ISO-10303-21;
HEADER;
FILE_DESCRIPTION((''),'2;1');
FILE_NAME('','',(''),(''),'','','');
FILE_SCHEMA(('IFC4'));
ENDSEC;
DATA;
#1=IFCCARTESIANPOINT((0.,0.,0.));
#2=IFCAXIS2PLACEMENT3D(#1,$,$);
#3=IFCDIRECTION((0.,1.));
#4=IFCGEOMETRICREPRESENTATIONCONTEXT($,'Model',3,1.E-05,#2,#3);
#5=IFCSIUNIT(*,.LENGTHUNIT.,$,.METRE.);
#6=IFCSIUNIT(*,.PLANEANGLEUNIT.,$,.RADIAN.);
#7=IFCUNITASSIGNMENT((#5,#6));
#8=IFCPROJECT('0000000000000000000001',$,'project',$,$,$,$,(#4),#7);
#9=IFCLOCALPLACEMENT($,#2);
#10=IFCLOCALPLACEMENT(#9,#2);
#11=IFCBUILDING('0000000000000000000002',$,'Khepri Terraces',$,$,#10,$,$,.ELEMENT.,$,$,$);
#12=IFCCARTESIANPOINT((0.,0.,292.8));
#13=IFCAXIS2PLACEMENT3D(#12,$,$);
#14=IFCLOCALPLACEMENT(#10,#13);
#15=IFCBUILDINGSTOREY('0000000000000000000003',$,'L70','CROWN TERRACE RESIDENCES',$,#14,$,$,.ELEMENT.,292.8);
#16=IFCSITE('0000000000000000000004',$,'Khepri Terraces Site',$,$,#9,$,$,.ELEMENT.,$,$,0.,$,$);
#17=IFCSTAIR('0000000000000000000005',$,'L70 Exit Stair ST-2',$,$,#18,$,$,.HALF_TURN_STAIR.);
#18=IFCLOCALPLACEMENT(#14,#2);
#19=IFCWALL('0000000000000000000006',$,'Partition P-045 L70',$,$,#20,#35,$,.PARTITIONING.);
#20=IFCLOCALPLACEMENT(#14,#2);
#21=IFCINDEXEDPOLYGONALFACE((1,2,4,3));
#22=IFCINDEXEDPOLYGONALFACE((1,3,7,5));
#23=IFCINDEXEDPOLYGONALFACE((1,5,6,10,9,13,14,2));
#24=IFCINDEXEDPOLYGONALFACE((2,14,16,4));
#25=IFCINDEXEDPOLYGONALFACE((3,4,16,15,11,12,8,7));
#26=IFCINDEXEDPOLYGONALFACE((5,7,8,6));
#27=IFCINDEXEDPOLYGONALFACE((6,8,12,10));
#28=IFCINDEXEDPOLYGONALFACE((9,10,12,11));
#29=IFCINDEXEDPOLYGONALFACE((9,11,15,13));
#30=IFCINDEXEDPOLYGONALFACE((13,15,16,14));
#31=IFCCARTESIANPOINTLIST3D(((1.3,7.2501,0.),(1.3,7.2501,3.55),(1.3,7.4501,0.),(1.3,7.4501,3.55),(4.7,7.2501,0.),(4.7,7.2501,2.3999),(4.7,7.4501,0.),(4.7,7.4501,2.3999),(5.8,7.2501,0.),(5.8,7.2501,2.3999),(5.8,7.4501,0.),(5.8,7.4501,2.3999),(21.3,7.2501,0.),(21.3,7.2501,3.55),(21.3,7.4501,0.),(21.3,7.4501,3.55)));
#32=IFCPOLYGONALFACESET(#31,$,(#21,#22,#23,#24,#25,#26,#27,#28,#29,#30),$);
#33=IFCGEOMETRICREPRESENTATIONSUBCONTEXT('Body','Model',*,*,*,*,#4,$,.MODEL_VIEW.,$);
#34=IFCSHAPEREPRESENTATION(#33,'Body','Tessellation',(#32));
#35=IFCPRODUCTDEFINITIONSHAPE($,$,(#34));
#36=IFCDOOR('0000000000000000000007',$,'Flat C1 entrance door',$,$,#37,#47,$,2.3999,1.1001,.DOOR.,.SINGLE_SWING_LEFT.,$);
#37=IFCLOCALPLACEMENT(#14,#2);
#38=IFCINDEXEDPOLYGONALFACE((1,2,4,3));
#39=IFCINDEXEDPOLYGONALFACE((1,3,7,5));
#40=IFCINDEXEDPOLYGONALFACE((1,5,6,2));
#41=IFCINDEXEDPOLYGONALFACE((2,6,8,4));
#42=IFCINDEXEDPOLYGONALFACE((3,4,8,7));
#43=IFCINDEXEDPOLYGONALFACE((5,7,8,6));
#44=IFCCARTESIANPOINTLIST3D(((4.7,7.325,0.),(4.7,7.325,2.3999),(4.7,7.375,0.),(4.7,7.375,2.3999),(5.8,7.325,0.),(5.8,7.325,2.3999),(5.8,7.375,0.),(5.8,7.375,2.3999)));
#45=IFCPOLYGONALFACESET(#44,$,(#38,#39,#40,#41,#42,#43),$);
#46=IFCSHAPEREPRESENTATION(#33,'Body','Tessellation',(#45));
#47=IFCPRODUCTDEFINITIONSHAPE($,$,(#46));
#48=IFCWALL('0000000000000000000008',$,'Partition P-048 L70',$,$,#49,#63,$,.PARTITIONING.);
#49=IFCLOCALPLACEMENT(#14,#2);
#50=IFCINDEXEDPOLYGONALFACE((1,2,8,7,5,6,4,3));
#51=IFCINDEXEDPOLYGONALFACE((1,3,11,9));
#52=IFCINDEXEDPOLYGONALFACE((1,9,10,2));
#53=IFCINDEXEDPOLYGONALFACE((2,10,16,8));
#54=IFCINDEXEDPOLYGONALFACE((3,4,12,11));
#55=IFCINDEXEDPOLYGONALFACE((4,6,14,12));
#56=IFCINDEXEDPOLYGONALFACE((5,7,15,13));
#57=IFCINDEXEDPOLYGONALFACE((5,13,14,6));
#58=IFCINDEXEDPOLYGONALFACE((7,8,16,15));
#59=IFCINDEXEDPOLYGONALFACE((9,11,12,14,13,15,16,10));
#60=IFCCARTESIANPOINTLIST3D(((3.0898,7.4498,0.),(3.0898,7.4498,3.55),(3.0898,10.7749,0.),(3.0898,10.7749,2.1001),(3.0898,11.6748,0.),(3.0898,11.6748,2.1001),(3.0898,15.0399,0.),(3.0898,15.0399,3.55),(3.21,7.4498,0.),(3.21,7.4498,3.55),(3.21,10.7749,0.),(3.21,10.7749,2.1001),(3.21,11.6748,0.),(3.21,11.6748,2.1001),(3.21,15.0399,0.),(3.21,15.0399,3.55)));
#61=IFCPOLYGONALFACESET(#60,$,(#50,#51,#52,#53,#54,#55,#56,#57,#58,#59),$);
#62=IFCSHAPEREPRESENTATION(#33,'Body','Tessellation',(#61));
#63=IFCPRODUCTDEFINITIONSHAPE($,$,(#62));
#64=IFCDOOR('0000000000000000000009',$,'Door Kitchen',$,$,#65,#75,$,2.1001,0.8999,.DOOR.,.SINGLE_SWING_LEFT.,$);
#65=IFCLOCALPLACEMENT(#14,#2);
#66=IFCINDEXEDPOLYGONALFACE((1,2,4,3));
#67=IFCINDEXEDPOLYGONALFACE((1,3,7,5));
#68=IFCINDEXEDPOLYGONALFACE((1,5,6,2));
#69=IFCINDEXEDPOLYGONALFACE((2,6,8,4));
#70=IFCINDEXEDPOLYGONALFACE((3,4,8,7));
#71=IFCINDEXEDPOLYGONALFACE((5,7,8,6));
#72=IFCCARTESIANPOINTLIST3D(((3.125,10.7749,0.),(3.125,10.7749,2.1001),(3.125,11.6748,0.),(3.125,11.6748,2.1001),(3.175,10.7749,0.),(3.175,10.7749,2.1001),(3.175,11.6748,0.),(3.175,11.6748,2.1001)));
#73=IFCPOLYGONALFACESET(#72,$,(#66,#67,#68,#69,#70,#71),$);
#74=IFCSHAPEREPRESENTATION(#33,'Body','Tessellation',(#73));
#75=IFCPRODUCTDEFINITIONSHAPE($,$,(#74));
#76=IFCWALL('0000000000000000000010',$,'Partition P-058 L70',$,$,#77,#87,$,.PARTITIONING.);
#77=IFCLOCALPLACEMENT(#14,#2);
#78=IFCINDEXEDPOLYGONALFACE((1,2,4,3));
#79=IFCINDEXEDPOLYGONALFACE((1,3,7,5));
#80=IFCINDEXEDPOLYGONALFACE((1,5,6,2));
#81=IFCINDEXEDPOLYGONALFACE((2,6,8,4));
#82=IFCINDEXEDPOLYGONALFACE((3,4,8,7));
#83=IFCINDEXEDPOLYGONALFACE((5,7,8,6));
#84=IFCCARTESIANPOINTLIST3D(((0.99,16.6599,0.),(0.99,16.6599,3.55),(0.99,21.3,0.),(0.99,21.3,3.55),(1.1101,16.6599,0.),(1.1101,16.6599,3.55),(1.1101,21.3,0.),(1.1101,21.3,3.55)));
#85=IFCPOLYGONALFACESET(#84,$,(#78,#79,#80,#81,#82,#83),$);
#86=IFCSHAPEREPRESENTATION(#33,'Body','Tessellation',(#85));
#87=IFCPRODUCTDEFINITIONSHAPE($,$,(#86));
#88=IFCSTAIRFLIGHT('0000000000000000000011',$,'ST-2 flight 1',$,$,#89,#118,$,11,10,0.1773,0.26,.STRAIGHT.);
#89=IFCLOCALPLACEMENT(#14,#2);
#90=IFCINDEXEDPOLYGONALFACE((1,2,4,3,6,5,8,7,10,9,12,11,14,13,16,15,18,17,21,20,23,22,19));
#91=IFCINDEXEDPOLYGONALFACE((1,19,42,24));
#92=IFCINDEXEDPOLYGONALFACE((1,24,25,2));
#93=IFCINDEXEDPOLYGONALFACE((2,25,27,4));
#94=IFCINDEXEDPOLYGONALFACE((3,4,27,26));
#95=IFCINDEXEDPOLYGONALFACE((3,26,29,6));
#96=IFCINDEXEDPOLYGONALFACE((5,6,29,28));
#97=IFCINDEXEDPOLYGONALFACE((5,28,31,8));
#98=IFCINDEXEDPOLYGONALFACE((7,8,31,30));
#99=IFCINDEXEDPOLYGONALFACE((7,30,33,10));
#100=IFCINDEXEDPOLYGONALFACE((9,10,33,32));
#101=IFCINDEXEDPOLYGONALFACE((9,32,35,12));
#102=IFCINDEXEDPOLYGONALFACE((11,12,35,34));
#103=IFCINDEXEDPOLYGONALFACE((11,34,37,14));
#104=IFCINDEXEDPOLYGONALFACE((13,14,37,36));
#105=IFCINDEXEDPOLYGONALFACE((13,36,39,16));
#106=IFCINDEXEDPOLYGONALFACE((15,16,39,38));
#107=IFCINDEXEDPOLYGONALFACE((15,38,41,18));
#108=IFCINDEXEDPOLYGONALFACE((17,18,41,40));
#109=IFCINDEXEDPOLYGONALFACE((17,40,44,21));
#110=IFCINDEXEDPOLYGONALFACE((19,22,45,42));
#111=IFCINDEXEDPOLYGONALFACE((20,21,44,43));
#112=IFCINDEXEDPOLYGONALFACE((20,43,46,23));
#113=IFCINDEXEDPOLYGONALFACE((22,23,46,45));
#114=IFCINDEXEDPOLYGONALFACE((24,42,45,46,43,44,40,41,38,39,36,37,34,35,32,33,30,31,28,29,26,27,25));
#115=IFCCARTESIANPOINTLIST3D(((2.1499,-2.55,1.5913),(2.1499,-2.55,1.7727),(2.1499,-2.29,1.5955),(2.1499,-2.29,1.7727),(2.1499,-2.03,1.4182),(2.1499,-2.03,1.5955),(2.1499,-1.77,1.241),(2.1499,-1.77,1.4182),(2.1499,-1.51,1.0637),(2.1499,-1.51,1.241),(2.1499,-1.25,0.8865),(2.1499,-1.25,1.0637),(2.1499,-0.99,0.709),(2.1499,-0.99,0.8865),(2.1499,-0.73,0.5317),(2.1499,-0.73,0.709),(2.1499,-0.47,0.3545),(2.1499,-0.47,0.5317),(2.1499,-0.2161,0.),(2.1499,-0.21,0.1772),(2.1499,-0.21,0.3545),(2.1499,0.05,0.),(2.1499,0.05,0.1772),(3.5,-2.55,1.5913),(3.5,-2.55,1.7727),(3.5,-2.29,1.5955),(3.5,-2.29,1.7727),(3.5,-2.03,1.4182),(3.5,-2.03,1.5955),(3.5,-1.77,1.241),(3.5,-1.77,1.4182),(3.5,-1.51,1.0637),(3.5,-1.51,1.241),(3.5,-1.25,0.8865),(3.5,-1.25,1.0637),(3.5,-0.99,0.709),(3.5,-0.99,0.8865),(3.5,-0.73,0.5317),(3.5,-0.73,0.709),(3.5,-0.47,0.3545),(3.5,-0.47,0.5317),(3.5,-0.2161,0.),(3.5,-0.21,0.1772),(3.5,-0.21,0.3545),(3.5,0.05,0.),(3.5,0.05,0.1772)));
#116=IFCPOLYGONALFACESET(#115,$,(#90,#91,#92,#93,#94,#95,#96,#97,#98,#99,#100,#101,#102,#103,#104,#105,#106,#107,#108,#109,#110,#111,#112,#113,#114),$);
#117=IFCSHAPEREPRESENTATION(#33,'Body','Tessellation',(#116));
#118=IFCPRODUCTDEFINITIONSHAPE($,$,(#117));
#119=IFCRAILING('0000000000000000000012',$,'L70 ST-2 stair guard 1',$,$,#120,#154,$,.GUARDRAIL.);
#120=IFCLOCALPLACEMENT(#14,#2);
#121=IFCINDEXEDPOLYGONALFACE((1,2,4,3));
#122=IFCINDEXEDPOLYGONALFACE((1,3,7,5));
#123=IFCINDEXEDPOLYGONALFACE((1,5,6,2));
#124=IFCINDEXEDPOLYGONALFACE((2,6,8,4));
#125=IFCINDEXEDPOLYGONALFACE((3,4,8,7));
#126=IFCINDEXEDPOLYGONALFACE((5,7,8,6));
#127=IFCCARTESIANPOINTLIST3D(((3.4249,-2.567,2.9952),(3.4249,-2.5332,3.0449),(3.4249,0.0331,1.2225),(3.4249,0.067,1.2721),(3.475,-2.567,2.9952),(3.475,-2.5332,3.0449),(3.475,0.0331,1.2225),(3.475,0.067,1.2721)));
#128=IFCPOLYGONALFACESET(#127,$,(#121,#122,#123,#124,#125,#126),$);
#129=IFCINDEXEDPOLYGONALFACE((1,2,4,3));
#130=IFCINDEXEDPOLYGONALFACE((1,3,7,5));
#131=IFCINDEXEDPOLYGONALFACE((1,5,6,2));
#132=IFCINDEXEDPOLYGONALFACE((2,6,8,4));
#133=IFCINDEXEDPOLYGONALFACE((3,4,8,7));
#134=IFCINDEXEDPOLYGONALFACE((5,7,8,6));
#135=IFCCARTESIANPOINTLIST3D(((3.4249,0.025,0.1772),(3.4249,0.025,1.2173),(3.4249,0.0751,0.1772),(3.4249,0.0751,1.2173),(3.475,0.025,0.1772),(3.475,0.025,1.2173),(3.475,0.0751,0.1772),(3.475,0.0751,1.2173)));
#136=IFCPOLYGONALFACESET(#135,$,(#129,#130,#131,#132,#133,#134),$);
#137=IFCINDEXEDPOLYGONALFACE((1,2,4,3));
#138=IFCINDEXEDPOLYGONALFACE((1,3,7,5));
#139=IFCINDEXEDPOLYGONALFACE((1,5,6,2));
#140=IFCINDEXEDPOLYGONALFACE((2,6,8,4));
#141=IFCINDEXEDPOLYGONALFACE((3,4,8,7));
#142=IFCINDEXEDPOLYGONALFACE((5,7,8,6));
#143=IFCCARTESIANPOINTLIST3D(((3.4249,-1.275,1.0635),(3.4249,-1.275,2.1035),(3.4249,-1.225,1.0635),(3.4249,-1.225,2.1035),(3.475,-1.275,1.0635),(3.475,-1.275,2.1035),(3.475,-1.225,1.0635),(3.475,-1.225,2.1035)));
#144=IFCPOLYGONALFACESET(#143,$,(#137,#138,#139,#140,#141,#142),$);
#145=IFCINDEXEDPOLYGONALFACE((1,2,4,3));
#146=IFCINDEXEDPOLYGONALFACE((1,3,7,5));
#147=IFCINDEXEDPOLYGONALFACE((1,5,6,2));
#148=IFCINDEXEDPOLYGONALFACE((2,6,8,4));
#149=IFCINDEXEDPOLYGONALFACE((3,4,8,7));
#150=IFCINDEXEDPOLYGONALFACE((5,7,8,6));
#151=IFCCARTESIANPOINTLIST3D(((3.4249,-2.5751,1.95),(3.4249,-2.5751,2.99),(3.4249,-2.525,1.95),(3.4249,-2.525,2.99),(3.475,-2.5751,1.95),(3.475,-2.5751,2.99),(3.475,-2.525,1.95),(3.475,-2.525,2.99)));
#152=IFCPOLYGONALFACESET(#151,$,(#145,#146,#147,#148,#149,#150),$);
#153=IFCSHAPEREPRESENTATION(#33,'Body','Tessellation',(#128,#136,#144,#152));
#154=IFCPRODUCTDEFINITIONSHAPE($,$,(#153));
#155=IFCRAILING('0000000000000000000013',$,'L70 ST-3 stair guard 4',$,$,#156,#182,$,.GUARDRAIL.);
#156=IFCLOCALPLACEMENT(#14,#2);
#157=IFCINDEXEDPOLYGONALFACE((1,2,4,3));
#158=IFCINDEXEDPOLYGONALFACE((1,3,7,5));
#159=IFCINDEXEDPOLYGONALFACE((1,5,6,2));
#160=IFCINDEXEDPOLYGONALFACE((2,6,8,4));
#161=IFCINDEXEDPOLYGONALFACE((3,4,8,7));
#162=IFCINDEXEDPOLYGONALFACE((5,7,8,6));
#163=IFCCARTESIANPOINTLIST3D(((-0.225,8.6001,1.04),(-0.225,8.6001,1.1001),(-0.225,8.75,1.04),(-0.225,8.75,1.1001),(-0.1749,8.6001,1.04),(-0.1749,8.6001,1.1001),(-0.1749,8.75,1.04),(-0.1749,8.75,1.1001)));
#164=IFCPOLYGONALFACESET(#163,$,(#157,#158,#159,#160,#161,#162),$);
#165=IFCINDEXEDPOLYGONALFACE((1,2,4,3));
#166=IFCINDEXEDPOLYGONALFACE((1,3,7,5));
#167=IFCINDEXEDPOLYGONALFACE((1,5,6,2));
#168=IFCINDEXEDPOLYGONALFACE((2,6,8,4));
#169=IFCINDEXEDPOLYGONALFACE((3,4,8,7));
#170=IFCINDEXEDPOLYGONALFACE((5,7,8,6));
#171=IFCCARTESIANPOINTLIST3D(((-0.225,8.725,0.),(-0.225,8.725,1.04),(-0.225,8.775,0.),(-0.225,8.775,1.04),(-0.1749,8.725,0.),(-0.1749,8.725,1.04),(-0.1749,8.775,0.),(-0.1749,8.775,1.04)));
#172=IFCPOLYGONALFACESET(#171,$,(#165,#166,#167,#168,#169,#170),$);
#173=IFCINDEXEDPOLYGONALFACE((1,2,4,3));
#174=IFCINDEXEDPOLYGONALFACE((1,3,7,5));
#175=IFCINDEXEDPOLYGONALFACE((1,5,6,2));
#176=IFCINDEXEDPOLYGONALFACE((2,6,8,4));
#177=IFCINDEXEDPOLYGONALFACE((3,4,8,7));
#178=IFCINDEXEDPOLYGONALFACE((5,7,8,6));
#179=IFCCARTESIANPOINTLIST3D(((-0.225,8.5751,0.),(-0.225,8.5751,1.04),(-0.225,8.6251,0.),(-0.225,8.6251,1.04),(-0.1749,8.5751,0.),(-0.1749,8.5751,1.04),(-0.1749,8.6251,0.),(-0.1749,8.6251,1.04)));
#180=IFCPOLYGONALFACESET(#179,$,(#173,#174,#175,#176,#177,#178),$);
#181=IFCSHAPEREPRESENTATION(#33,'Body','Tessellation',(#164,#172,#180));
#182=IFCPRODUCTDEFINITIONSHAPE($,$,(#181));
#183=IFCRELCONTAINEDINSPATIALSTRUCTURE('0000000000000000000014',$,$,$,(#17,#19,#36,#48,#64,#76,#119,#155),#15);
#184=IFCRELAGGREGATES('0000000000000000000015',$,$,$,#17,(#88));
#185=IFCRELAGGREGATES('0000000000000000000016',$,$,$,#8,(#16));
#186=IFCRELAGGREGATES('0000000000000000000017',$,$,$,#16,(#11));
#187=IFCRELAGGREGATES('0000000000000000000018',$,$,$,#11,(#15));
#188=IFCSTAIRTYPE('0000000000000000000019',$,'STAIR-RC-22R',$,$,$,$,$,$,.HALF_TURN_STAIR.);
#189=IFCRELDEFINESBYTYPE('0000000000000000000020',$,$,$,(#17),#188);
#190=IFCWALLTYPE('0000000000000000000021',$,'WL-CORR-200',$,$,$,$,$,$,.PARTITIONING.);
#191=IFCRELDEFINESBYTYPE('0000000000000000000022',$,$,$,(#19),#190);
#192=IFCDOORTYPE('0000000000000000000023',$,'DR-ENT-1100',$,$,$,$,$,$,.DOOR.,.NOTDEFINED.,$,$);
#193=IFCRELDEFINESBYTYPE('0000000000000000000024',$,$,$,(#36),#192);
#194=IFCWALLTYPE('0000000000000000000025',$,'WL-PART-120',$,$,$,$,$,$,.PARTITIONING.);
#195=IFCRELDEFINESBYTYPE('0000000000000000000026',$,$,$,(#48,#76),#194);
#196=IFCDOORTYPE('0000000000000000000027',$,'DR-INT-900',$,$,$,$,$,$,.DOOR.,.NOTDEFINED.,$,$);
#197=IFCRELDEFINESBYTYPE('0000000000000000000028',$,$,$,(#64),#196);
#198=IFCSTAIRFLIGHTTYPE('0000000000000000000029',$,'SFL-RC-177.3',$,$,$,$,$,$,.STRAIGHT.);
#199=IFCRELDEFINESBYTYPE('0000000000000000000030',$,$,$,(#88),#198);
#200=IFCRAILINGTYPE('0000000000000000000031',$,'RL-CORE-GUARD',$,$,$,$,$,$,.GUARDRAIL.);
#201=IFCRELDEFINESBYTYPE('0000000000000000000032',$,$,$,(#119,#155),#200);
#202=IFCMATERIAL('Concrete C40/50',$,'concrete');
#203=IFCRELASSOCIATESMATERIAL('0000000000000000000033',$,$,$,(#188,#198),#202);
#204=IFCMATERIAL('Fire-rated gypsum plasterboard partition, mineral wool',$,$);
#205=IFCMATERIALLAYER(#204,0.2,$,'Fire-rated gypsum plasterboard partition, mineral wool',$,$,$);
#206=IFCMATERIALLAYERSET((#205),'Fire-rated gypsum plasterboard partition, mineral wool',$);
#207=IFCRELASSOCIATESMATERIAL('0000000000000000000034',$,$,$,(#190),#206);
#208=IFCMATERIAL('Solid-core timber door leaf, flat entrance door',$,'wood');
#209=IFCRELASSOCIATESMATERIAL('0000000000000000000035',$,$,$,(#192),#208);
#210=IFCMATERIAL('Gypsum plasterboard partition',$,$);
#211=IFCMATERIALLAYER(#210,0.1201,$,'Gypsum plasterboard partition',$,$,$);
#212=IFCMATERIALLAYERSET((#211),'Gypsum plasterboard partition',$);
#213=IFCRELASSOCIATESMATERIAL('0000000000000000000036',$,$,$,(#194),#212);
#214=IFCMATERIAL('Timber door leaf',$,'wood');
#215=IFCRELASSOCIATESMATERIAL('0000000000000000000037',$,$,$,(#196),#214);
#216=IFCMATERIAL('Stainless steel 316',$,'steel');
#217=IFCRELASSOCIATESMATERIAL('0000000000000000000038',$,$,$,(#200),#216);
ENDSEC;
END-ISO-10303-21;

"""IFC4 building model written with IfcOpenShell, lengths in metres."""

from ifc_helpers import new_model, si_unit, direction, frame, frame_2d, origin, origin_2d, place, context, subcontext, project, spatial, polyline, rectangle, outline, extrude, material, layer, layer_set, type_object, element, fill, aggregate, save


model = new_model("IFC4")

# Units and contexts
model_context = context("Model", 3, precision=1e-05, world=origin(), true_north=direction((0.0, 1.0)))
body_context = subcontext(model_context, "Body", "Model", "MODEL_VIEW")
ifc_project = project(units=[si_unit("LENGTHUNIT", "METRE"), si_unit("PLANEANGLEUNIT", "RADIAN")], contexts=[model_context])

# Site, building, storey
site_placement = place(None, origin())
site = spatial("IfcSite", under=ifc_project, at=site_placement, Name="Khepri Terraces Site", CompositionType="ELEMENT", RefElevation=0.0)
building_placement = place(site_placement, origin())
building = spatial("IfcBuilding", under=site, at=building_placement, Name="Khepri Terraces", CompositionType="ELEMENT")
storey_placement = place(building_placement, frame((0.0, 0.0, 292.8)))
storey = spatial("IfcBuildingStorey", under=building, at=storey_placement, Name="L70", Description="CROWN TERRACE RESIDENCES", CompositionType="ELEMENT", Elevation=292.8)

# Shared definitions
ifc_material_1 = material(Name="Concrete C40/50", Category="concrete")

# Stair
stair_type = type_object("IfcStairType", Name="STAIR-RC-22R", PredefinedType="HALF_TURN_STAIR", material=ifc_material_1)
stair_1_placement = place(storey_placement, origin())
stair_1 = element("IfcStair", 1, at=stair_1_placement, inside=storey, type_object=stair_type, Name="L70 Exit Stair ST-2", PredefinedType="HALF_TURN_STAIR")

# Walls, openings, doors
ifc_material_2 = material(Name="Fire-rated gypsum plasterboard partition, mineral wool")
ifc_layer_1 = layer(ifc_material_2, 0.2, Name="Fire-rated gypsum plasterboard partition, mineral wool")
ifc_layer_set_1 = layer_set([ifc_layer_1], Name="Fire-rated gypsum plasterboard partition, mineral wool")
wall_type_1 = type_object("IfcWallType", Name="WL-CORR-200", PredefinedType="PARTITIONING", material=ifc_layer_set_1)
wall_1_placement = place(storey_placement, frame((1.3, 7.3501, 0.0), z_axis=(0.0, 0.0, 1.0), x_axis=(1.0, 0.0, 0.0)))
wall_1 = element("IfcWall", 2, at=wall_1_placement, inside=storey, type_object=wall_type_1, Name="Partition P-045 L70", PredefinedType="PARTITIONING", context=body_context, shape_type="SweptSolid", body=[
    extrude(rectangle(XDim=20.0, YDim=0.2, at=frame_2d((10.0, 0.0))), origin(), (0.0, 0.0, 1.0), 3.55),
])
opening_1_placement = place(wall_1_placement, frame((3.3999, 0.0, 0.0)))
opening_1 = element("IfcOpeningElement", 3, at=opening_1_placement, cuts=wall_1, PredefinedType="OPENING", context=body_context, shape_type="SweptSolid", body=[
    extrude(rectangle(XDim=1.1001, YDim=2.3999, at=frame_2d((0.55, 1.2))), frame((0.0, 0.1099, 0.0), z_axis=(0.0, -1.0, 0.0), x_axis=(1.0, 0.0, 0.0)), (0.0, 0.0, 1.0), 0.22),
])
ifc_material_3 = material(Name="Solid-core timber door leaf, flat entrance door", Category="wood")
door_type_1 = type_object("IfcDoorType", Name="DR-ENT-1100", OperationType="NOTDEFINED", PredefinedType="DOOR", material=ifc_material_3)
door_1_placement = place(opening_1_placement, origin())
door_1 = element("IfcDoor", 4, at=door_1_placement, inside=storey, type_object=door_type_1, Name="Flat C1 entrance door", OperationType="SINGLE_SWING_LEFT", OverallHeight=2.3999, OverallWidth=1.1001, PredefinedType="DOOR", context=body_context, shape_type="SweptSolid", body=[
    extrude(rectangle(XDim=1.1001, YDim=2.3999, at=frame_2d((0.55, 1.2))), frame((0.0, 0.0249, 0.0), z_axis=(0.0, -1.0, 0.0), x_axis=(1.0, 0.0, 0.0)), (0.0, 0.0, 1.0), 0.05),
])
fill(opening_1, door_1)
ifc_material_4 = material(Name="Gypsum plasterboard partition")
ifc_layer_2 = layer(ifc_material_4, 0.1201, Name="Gypsum plasterboard partition")
ifc_layer_set_2 = layer_set([ifc_layer_2], Name="Gypsum plasterboard partition")
wall_type_2 = type_object("IfcWallType", Name="WL-PART-120", PredefinedType="PARTITIONING", material=ifc_layer_set_2)
wall_2_placement = place(storey_placement, frame((3.1499, 7.45, 0.0), z_axis=(0.0, 0.0, 1.0), x_axis=(0.0, 1.0, 0.0)))
wall_2 = element("IfcWall", 5, at=wall_2_placement, inside=storey, type_object=wall_type_2, Name="Partition P-048 L70", PredefinedType="PARTITIONING", context=body_context, shape_type="SweptSolid", body=[
    extrude(rectangle(XDim=7.5901, YDim=0.1201, at=frame_2d((3.7949, 0.0))), origin(), (0.0, 0.0, 1.0), 3.55),
])
opening_2_placement = place(wall_2_placement, frame((3.325, 0.0, 0.0)))
opening_2 = element("IfcOpeningElement", 6, at=opening_2_placement, cuts=wall_2, PredefinedType="OPENING", context=body_context, shape_type="SweptSolid", body=[
    extrude(rectangle(XDim=0.8999, YDim=2.1001, at=frame_2d((0.45, 1.05))), frame((0.0, 0.0701, 0.0), z_axis=(0.0, -1.0, 0.0), x_axis=(1.0, 0.0, 0.0)), (0.0, 0.0, 1.0), 0.1401),
])
ifc_material_5 = material(Name="Timber door leaf", Category="wood")
door_type_2 = type_object("IfcDoorType", Name="DR-INT-900", OperationType="NOTDEFINED", PredefinedType="DOOR", material=ifc_material_5)
door_2_placement = place(opening_2_placement, origin())
door_2 = element("IfcDoor", 7, at=door_2_placement, inside=storey, type_object=door_type_2, Name="Door Kitchen", OperationType="SINGLE_SWING_LEFT", OverallHeight=2.1001, OverallWidth=0.8999, PredefinedType="DOOR", context=body_context, shape_type="SweptSolid", body=[
    extrude(rectangle(XDim=0.8999, YDim=2.1001, at=frame_2d((0.45, 1.05))), frame((0.0, 0.0249, 0.0), z_axis=(0.0, -1.0, 0.0), x_axis=(1.0, 0.0, 0.0)), (0.0, 0.0, 1.0), 0.05),
])
fill(opening_2, door_2)

# Wall
wall_3_placement = place(storey_placement, frame((1.05, 16.6599, 0.0), z_axis=(0.0, 0.0, 1.0), x_axis=(0.0, 1.0, 0.0)))
element("IfcWall", 8, at=wall_3_placement, inside=storey, type_object=wall_type_2, Name="Partition P-058 L70", PredefinedType="PARTITIONING", context=body_context, shape_type="SweptSolid", body=[
    extrude(rectangle(XDim=4.6401, YDim=0.1201, at=frame_2d((2.3201, 0.0))), origin(), (0.0, 0.0, 1.0), 3.55),
])

# Stair flight
stair_flight_type = type_object("IfcStairFlightType", Name="SFL-RC-177.3", PredefinedType="STRAIGHT", material=ifc_material_1)
stair_flight_placement = place(storey_placement, frame((2.825, 0.05, 0.0), z_axis=(0.0, 0.0, 1.0), x_axis=(0.0, -1.0, 0.0)))
stair_flight = element("IfcStairFlight", 9, at=stair_flight_placement, type_object=stair_flight_type, Name="ST-2 flight 1", NumberOfRisers=11, NumberOfTreads=10, PredefinedType="STRAIGHT", RiserHeight=0.1773, TreadLength=0.26, context=body_context, shape_type="SweptSolid", body=[
    extrude(outline(polyline([(0.0, 0.0), (0.0, 0.1772), (0.26, 0.1772), (0.26, 0.3545), (0.52, 0.3545), (0.52, 0.5317), (0.78, 0.5317), (0.78, 0.709), (1.04, 0.709), (1.04, 0.8865), (1.3, 0.8865), (1.3, 1.0637), (1.5601, 1.0637), (1.5601, 1.241), (1.8201, 1.241), (1.8201, 1.4182), (2.0801, 1.4182), (2.0801, 1.5955), (2.3401, 1.5955), (2.3401, 1.7727), (2.6001, 1.7727), (2.6001, 1.95), (2.6001, 1.5913), (0.2661, 0.0), (0.0, 0.0)])), frame((0.0, 0.675, 0.0), z_axis=(0.0, -1.0, 0.0), x_axis=(1.0, 0.0, 0.0)), (0.0, 0.0, 1.0), 1.3501),
])
aggregate(stair_1, [stair_flight])

# Railings
ifc_material_6 = material(Name="Stainless steel 316", Category="steel")
railing_type_1 = type_object("IfcRailingType", Name="RL-CORE-GUARD", PredefinedType="GUARDRAIL", material=ifc_material_6)
railing_1_placement = place(storey_placement, frame((3.45, 0.05, 0.1772)))
element("IfcRailing", 10, at=railing_1_placement, inside=storey, type_object=railing_type_1, Name="L70 ST-2 stair guard 1", PredefinedType="GUARDRAIL", context=body_context, shape_type="SweptSolid", body=[
    extrude(rectangle(XDim=0.05, YDim=0.0601, at=origin_2d()), frame((0.0, 0.0, 1.0701), z_axis=(0.0, -0.82624, 0.563318), x_axis=(1.0, 0.0, 0.0)), (0.0, 0.0, 1.0), 3.147),
    extrude(rectangle(XDim=0.05, YDim=0.05, at=origin_2d()), origin(), (0.0, 0.0, 1.0), 1.04),
    extrude(rectangle(XDim=0.05, YDim=0.05, at=origin_2d()), frame((0.0, -1.3, 0.8862)), (0.0, 0.0, 1.0), 1.04),
    extrude(rectangle(XDim=0.05, YDim=0.05, at=origin_2d()), frame((0.0, -2.6001, 1.7727)), (0.0, 0.0, 1.0), 1.04),
])
railing_2_placement = place(storey_placement, frame((-0.2, 8.75, 0.0)))
element("IfcRailing", 11, at=railing_2_placement, inside=storey, type_object=railing_type_1, Name="L70 ST-3 stair guard 4", PredefinedType="GUARDRAIL", context=body_context, shape_type="SweptSolid", body=[
    extrude(rectangle(XDim=0.05, YDim=0.0601, at=origin_2d()), frame((0.0, 0.0, 1.0701), z_axis=(0.0, -1.0, 0.0), x_axis=(1.0, 0.0, 0.0)), (0.0, 0.0, 1.0), 0.1499),
    extrude(rectangle(XDim=0.05, YDim=0.05, at=origin_2d()), origin(), (0.0, 0.0, 1.0), 1.04),
    extrude(rectangle(XDim=0.05, YDim=0.05, at=origin_2d()), frame((0.0, -0.1499, 0.0)), (0.0, 0.0, 1.0), 1.04),
])

save(model, "model.ifc")
